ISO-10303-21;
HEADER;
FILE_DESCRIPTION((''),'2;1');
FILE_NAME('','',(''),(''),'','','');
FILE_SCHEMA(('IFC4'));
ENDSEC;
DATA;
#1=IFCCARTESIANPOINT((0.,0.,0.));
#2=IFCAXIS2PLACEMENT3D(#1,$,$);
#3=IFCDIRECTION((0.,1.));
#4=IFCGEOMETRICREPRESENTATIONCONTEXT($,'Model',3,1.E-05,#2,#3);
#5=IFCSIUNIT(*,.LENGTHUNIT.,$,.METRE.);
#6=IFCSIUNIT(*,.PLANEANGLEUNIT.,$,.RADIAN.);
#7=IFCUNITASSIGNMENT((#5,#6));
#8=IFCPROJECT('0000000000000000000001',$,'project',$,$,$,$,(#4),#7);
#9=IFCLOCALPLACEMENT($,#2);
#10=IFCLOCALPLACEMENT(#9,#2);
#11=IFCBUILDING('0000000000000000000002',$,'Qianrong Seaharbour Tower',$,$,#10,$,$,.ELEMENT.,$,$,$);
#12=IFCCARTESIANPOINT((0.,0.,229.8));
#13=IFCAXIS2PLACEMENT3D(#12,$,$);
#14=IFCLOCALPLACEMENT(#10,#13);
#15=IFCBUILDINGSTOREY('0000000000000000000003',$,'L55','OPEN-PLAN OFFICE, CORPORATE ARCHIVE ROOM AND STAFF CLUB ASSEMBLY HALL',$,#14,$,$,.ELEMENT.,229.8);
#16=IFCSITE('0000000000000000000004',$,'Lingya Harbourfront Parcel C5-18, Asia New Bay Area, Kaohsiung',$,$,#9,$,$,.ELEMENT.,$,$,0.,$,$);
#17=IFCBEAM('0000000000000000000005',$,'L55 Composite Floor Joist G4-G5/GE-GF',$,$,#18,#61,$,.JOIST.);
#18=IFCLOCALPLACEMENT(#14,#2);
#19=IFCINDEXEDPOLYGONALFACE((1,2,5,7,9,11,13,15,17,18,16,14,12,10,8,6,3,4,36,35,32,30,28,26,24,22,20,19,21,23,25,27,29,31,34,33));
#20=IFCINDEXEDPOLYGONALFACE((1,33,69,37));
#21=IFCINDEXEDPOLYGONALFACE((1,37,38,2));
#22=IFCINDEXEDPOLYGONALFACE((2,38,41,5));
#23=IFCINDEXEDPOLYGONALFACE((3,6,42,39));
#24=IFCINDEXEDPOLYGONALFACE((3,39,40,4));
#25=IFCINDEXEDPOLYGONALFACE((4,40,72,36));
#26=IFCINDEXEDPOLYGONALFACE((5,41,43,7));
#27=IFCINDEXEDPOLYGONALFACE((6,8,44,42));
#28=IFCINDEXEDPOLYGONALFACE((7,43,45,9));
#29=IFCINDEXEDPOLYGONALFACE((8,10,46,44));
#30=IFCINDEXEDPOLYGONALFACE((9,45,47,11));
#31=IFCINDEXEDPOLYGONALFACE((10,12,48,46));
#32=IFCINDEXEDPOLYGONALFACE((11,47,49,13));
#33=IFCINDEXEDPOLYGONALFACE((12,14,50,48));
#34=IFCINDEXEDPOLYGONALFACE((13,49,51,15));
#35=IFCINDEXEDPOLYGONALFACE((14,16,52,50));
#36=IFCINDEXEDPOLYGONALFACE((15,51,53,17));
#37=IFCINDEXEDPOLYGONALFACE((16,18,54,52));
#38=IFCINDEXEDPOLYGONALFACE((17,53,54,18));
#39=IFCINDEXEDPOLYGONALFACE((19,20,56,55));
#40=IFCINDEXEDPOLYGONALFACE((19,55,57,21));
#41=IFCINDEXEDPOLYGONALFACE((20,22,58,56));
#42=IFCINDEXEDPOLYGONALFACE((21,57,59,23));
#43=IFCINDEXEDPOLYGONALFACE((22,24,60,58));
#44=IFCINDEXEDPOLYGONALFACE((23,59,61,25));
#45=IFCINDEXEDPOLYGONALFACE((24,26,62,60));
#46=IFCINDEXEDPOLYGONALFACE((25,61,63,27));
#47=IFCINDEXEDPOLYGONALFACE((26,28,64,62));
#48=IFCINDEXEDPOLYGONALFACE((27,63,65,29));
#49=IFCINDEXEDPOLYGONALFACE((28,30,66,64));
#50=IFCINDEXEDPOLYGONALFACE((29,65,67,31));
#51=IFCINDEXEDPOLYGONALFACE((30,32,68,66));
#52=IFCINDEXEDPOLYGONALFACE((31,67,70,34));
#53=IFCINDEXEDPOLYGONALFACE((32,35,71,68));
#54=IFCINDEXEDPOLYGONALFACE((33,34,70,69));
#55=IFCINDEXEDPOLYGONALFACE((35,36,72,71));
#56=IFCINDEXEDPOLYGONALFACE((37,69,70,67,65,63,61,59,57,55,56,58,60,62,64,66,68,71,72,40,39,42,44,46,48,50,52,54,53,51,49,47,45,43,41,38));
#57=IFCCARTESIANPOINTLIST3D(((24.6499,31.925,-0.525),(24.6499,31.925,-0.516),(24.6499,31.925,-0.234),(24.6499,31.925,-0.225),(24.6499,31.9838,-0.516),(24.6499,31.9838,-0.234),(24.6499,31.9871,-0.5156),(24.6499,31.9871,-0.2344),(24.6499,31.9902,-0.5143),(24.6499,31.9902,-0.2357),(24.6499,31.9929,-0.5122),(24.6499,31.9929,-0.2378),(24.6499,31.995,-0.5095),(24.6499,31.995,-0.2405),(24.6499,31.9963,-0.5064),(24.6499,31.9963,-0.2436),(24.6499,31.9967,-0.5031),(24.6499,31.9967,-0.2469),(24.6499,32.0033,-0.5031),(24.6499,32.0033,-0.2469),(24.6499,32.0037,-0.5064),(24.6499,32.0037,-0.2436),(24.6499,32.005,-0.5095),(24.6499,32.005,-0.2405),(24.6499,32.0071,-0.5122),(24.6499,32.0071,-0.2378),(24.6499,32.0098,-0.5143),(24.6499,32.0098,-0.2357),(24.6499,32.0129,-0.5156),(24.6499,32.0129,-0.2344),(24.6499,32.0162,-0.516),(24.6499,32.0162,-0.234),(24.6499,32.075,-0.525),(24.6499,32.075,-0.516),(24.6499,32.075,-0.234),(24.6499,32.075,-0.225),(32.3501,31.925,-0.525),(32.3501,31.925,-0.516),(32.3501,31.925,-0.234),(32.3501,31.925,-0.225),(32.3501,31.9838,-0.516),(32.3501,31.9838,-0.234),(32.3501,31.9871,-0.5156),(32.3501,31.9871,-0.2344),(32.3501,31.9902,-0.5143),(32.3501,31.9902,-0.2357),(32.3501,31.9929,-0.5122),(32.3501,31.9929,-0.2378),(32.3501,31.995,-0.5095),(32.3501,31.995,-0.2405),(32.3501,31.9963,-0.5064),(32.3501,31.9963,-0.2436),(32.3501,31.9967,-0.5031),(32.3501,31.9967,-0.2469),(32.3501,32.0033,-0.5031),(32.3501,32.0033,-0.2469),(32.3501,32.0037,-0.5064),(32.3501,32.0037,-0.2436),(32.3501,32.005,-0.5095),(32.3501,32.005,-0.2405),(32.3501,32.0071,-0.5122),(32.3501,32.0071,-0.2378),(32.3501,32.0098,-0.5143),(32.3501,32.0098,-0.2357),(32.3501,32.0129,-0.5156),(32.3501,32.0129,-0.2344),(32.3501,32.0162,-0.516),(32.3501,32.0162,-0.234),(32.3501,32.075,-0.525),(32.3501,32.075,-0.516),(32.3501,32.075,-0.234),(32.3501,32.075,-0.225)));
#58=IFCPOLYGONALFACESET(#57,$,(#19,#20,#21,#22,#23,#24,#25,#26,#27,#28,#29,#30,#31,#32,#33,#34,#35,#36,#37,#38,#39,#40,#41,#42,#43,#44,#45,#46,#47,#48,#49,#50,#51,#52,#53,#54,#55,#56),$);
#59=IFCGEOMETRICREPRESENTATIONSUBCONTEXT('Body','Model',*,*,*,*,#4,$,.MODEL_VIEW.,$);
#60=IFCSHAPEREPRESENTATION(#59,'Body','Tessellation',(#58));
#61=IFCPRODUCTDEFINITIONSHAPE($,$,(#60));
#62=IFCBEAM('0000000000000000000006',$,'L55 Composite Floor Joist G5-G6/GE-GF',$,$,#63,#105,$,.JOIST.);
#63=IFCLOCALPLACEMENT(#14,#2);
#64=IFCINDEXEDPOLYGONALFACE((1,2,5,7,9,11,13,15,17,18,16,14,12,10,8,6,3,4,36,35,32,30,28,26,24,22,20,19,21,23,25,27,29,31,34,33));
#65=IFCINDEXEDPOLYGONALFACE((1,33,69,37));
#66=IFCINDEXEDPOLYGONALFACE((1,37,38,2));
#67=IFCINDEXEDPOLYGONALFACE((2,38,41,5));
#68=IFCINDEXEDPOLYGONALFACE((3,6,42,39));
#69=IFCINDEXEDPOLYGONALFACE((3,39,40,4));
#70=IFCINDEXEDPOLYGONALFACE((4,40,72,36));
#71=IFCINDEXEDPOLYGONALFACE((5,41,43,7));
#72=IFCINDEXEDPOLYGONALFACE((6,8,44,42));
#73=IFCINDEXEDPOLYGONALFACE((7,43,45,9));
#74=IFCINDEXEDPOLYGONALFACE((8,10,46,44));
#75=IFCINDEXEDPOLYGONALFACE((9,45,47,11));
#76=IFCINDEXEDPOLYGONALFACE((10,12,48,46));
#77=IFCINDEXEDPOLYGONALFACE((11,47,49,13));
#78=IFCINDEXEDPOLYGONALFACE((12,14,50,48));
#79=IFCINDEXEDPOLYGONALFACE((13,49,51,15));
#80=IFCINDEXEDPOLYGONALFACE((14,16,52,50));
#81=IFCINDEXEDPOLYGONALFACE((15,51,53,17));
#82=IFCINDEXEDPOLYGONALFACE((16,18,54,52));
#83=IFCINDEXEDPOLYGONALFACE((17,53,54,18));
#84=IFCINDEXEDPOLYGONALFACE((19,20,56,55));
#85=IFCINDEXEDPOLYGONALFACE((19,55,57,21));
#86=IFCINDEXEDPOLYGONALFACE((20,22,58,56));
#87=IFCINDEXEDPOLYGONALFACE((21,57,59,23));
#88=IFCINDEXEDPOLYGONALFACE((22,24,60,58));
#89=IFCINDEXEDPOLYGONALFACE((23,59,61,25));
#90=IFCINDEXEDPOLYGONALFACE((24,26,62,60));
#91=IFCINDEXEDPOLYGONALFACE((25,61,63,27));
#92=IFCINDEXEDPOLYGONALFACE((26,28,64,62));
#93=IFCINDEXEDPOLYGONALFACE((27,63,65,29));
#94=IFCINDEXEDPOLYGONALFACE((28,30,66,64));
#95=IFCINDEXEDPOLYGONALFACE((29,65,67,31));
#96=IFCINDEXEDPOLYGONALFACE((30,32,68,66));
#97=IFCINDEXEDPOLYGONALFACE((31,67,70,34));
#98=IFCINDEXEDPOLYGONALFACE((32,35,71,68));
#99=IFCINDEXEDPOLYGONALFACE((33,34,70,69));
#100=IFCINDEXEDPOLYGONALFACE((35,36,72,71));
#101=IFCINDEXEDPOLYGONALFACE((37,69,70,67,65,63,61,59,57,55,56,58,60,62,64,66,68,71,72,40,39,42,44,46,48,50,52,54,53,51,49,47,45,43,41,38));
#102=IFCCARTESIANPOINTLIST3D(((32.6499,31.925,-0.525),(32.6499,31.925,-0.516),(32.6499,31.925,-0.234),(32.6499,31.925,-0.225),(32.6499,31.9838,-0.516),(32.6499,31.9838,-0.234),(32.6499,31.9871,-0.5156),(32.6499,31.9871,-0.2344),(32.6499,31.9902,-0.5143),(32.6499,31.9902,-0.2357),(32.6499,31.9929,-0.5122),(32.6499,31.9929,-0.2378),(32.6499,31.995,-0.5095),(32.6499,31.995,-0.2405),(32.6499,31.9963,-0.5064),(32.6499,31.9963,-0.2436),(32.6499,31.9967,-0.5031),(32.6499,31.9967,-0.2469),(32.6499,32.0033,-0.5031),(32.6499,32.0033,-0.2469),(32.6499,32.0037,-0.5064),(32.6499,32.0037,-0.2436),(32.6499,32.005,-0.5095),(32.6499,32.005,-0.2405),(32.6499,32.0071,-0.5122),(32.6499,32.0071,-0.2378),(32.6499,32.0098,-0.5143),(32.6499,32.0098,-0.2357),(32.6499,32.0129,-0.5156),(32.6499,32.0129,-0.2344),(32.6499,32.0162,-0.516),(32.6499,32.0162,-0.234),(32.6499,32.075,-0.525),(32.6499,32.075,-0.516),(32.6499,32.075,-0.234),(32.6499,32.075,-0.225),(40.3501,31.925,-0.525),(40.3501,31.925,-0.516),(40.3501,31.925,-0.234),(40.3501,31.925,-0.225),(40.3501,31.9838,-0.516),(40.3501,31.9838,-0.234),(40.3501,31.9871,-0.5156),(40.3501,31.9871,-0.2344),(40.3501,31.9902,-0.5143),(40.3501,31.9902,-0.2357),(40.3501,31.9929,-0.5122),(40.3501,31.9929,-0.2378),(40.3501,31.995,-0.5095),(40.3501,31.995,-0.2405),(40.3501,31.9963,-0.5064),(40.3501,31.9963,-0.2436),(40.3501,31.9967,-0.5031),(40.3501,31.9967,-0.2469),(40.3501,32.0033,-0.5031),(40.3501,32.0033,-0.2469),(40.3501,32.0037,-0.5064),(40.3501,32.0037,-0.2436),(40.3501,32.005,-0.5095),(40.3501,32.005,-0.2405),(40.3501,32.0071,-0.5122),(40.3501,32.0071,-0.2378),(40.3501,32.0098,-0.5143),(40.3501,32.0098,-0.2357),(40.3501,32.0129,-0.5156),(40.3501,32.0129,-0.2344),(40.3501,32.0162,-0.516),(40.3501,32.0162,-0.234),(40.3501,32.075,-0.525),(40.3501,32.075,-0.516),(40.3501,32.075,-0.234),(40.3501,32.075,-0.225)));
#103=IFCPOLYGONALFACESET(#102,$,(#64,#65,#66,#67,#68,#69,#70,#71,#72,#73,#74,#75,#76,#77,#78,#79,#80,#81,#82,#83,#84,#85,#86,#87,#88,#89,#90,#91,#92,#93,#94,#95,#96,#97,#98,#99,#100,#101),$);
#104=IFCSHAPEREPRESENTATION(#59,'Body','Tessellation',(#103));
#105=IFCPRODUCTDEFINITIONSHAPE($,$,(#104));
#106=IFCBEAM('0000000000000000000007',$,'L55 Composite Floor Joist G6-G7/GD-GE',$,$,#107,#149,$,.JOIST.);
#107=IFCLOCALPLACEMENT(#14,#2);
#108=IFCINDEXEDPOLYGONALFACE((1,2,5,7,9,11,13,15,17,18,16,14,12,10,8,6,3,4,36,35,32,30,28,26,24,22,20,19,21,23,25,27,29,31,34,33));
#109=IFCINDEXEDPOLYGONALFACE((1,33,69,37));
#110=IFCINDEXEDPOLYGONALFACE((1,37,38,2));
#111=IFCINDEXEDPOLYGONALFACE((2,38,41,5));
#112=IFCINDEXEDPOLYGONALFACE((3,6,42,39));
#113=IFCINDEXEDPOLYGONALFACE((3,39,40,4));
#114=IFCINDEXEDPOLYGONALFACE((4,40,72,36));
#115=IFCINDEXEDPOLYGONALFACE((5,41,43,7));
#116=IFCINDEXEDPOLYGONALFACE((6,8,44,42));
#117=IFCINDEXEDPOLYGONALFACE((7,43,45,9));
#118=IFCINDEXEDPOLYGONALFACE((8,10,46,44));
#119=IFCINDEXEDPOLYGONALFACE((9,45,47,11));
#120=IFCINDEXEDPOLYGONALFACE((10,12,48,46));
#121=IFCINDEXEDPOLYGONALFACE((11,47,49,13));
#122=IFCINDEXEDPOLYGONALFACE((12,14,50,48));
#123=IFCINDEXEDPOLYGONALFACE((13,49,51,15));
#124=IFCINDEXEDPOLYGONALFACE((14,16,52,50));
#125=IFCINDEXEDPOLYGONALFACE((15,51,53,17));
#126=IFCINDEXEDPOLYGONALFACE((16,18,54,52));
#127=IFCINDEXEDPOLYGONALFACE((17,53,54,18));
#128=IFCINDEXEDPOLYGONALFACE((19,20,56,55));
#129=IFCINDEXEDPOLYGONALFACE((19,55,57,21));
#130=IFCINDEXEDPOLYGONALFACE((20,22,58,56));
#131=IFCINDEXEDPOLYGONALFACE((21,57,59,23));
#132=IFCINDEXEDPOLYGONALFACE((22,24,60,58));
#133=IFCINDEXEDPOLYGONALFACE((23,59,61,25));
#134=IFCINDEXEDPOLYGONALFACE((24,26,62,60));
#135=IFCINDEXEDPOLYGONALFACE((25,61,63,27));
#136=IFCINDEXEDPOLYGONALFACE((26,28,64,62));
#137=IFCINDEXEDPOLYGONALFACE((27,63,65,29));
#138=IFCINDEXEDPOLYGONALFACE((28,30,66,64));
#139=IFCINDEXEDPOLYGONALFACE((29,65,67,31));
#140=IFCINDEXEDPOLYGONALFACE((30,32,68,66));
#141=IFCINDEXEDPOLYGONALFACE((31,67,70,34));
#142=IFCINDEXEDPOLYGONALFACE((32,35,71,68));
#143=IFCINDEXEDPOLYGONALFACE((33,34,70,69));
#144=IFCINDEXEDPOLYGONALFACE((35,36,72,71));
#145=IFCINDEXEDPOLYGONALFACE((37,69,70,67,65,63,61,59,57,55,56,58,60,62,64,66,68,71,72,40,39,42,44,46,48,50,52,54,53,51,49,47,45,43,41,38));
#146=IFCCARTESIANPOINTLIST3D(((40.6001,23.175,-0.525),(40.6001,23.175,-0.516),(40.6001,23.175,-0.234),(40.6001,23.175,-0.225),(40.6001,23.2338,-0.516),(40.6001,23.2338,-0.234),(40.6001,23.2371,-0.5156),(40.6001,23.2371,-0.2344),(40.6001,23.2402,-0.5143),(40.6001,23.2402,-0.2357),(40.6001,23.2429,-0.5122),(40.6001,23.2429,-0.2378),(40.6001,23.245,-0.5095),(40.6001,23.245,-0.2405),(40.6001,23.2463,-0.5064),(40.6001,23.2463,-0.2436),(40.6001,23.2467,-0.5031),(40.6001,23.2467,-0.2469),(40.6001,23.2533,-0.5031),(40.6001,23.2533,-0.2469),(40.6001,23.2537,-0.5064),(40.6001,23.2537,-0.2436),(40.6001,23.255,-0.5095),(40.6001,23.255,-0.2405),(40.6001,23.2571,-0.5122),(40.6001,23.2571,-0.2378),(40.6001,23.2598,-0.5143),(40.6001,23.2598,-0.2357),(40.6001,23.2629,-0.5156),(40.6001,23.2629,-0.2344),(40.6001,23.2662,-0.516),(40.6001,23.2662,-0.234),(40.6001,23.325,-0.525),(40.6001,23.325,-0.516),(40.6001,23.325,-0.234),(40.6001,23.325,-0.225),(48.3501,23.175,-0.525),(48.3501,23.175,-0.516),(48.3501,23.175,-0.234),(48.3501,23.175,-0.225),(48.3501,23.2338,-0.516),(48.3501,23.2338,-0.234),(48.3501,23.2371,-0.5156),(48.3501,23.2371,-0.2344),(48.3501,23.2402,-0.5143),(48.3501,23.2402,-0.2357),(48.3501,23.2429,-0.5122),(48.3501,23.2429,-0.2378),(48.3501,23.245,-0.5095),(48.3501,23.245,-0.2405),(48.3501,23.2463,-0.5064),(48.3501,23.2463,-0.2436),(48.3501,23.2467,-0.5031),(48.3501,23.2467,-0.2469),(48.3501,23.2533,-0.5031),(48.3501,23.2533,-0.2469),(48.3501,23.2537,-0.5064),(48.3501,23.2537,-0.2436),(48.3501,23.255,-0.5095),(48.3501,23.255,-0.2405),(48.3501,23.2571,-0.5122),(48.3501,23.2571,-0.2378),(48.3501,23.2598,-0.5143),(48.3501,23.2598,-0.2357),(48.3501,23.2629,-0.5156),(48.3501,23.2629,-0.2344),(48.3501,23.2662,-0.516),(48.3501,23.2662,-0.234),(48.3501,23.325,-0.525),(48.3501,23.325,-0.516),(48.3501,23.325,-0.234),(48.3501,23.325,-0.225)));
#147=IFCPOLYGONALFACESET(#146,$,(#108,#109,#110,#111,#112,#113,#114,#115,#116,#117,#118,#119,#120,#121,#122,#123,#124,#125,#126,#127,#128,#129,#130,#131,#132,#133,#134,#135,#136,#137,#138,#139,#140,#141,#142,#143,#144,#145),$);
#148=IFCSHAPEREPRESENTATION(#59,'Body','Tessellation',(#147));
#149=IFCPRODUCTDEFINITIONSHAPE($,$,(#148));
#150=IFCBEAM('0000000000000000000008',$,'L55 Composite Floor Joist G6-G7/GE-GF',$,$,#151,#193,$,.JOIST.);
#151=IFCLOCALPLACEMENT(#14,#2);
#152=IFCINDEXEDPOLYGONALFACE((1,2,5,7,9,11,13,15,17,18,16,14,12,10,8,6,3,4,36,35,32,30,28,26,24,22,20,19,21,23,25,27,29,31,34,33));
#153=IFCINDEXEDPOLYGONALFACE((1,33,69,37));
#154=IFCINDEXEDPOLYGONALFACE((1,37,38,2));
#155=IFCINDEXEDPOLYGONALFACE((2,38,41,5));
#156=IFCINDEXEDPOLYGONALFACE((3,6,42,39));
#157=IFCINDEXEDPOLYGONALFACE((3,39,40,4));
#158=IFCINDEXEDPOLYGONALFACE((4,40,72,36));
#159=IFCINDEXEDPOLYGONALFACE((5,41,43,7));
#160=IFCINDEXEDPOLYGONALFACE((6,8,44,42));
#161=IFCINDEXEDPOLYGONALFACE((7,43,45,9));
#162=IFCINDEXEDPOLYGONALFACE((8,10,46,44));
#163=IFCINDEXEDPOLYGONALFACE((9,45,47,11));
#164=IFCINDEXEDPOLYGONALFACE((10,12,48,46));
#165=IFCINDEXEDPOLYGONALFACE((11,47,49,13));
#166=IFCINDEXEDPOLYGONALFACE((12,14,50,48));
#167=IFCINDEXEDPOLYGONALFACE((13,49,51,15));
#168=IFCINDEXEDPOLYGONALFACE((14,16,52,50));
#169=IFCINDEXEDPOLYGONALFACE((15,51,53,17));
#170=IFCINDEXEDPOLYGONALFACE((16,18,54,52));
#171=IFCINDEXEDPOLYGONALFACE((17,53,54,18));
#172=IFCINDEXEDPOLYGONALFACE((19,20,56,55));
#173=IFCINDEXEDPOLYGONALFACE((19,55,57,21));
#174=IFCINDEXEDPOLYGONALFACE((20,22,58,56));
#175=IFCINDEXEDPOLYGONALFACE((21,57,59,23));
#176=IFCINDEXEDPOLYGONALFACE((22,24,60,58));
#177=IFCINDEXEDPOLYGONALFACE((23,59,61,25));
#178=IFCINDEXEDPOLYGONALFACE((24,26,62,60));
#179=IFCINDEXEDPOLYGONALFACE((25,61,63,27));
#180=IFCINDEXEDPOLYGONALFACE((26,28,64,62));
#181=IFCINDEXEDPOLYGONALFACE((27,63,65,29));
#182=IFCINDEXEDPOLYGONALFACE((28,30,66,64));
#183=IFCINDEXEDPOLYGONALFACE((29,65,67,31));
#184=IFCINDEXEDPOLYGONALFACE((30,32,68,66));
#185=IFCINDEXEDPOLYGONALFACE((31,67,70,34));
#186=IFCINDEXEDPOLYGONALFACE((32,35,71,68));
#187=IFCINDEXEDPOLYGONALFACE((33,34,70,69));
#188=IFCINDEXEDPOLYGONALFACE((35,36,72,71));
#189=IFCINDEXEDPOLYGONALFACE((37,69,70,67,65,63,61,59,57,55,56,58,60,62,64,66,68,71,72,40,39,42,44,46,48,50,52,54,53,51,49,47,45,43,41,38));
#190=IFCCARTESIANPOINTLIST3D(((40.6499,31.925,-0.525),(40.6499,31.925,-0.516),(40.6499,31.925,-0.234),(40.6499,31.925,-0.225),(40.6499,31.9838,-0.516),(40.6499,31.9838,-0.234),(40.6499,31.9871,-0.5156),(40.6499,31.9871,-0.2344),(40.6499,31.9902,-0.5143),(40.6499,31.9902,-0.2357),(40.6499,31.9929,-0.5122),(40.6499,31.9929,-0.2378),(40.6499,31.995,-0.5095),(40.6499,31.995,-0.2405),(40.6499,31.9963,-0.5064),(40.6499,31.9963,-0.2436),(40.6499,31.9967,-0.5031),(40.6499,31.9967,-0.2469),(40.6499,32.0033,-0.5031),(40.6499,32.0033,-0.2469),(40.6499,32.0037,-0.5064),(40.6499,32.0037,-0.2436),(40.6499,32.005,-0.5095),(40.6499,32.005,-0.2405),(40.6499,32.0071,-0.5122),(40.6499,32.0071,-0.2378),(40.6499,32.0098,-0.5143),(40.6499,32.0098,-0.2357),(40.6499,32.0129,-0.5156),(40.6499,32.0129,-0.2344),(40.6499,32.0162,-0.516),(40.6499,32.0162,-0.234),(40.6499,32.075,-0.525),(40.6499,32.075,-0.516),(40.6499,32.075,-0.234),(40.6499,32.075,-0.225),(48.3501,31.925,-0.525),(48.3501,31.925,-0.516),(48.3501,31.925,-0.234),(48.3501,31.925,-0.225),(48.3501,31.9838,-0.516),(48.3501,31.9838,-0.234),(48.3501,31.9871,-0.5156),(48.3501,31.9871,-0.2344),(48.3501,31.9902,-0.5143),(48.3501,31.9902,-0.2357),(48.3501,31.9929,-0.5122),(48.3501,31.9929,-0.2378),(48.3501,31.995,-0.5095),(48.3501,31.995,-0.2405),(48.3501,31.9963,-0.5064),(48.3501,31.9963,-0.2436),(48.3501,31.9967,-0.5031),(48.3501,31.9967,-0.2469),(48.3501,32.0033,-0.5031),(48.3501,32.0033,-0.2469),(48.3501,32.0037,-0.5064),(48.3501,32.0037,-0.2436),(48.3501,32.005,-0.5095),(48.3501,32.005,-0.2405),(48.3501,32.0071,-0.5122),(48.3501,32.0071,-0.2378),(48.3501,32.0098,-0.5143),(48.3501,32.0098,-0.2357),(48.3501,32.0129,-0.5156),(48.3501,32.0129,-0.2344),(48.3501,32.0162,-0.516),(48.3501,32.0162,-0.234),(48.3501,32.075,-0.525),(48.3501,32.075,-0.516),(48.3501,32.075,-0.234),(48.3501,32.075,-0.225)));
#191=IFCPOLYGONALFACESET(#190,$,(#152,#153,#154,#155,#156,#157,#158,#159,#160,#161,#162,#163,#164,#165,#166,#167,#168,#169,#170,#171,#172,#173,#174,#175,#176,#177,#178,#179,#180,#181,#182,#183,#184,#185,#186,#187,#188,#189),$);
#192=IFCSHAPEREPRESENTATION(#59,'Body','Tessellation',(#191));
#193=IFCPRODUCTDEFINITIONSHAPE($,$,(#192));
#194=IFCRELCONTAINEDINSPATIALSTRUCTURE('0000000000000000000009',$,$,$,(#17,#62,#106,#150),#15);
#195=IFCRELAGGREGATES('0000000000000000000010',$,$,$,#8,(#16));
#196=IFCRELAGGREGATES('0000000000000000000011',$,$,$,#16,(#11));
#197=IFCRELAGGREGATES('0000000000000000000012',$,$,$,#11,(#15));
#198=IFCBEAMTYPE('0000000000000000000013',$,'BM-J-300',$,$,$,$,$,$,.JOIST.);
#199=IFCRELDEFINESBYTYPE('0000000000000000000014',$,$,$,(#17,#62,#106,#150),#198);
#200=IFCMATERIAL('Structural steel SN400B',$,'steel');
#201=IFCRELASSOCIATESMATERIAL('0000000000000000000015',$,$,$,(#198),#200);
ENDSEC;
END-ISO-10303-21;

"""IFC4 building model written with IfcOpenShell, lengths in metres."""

from ifc_helpers import new_model, si_unit, direction, frame, origin, origin_2d, place, context, subcontext, project, spatial, i_section, extrude, material, material_profile, profile_set, type_object, element, save


model = new_model("IFC4")

# Units and contexts
model_context = context("Model", 3, precision=1e-05, world=origin(), true_north=direction((0.0, 1.0)))
body_context = subcontext(model_context, "Body", "Model", "MODEL_VIEW")
ifc_project = project(units=[si_unit("LENGTHUNIT", "METRE"), si_unit("PLANEANGLEUNIT", "RADIAN")], contexts=[model_context])

# Site, building, storey
site_placement = place(None, origin())
site = spatial("IfcSite", under=ifc_project, at=site_placement, Name="Lingya Harbourfront Parcel C5-18, Asia New Bay Area, Kaohsiung", CompositionType="ELEMENT", RefElevation=0.0)
building_placement = place(site_placement, origin())
building = spatial("IfcBuilding", under=site, at=building_placement, Name="Qianrong Seaharbour Tower", CompositionType="ELEMENT")
storey_placement = place(building_placement, frame((0.0, 0.0, 229.8)))
storey = spatial("IfcBuildingStorey", under=building, at=storey_placement, Name="L55", Description="OPEN-PLAN OFFICE, CORPORATE ARCHIVE ROOM AND STAFF CLUB ASSEMBLY HALL", CompositionType="ELEMENT", Elevation=229.8)

# Beams
ifc_material_1 = material(Name="Structural steel SN400B", Category="steel")
ifc_material_profile_1 = material_profile(ifc_material_1, i_section(OverallWidth=0.1499, OverallDepth=0.3, WebThickness=0.0066, FlangeThickness=0.009, FilletRadius=0.0129, at=origin_2d()), Name="H300x150x6.5x9")
ifc_profile_set_1 = profile_set([ifc_material_profile_1], Name="Structural steel SN400B")
beam_type_1 = type_object("IfcBeamType", Name="BM-J-300", PredefinedType="JOIST", material=ifc_profile_set_1)
for number, where, z_axis, x_axis, name in (
    (1, (24.6499, 32.0, -0.375), (1.0, 0.0, 0.0), (0.0, 1.0, 0.0), "L55 Composite Floor Joist G4-G5/GE-GF"),
    (2, (32.6499, 32.0, -0.375), (1.0, 0.0, 0.0), (0.0, 1.0, 0.0), "L55 Composite Floor Joist G5-G6/GE-GF"),
):
    element("IfcBeam", number, at=place(storey_placement, frame(where, z_axis=z_axis, x_axis=x_axis)), inside=storey, type_object=beam_type_1, Name=name, PredefinedType="JOIST", context=body_context, shape_type="SweptSolid", body=[
        extrude(i_section(OverallWidth=0.1499, OverallDepth=0.3, WebThickness=0.0066, FlangeThickness=0.009, FilletRadius=0.0129, at=origin_2d()), origin(), (0.0, 0.0, 1.0), 7.7002),
    ])
beam_1_placement = place(storey_placement, frame((40.6001, 23.25, -0.375), z_axis=(1.0, 0.0, 0.0), x_axis=(0.0, 1.0, 0.0)))
element("IfcBeam", 3, at=beam_1_placement, inside=storey, type_object=beam_type_1, Name="L55 Composite Floor Joist G6-G7/GD-GE", PredefinedType="JOIST", context=body_context, shape_type="SweptSolid", body=[
    extrude(i_section(OverallWidth=0.1499, OverallDepth=0.3, WebThickness=0.0066, FlangeThickness=0.009, FilletRadius=0.0129, at=origin_2d()), origin(), (0.0, 0.0, 1.0), 7.75),
])
beam_2_placement = place(storey_placement, frame((40.6499, 32.0, -0.375), z_axis=(1.0, 0.0, 0.0), x_axis=(0.0, 1.0, 0.0)))
element("IfcBeam", 4, at=beam_2_placement, inside=storey, type_object=beam_type_1, Name="L55 Composite Floor Joist G6-G7/GE-GF", PredefinedType="JOIST", context=body_context, shape_type="SweptSolid", body=[
    extrude(i_section(OverallWidth=0.1499, OverallDepth=0.3, WebThickness=0.0066, FlangeThickness=0.009, FilletRadius=0.0129, at=origin_2d()), origin(), (0.0, 0.0, 1.0), 7.7002),
])

save(model, "model.ifc")
